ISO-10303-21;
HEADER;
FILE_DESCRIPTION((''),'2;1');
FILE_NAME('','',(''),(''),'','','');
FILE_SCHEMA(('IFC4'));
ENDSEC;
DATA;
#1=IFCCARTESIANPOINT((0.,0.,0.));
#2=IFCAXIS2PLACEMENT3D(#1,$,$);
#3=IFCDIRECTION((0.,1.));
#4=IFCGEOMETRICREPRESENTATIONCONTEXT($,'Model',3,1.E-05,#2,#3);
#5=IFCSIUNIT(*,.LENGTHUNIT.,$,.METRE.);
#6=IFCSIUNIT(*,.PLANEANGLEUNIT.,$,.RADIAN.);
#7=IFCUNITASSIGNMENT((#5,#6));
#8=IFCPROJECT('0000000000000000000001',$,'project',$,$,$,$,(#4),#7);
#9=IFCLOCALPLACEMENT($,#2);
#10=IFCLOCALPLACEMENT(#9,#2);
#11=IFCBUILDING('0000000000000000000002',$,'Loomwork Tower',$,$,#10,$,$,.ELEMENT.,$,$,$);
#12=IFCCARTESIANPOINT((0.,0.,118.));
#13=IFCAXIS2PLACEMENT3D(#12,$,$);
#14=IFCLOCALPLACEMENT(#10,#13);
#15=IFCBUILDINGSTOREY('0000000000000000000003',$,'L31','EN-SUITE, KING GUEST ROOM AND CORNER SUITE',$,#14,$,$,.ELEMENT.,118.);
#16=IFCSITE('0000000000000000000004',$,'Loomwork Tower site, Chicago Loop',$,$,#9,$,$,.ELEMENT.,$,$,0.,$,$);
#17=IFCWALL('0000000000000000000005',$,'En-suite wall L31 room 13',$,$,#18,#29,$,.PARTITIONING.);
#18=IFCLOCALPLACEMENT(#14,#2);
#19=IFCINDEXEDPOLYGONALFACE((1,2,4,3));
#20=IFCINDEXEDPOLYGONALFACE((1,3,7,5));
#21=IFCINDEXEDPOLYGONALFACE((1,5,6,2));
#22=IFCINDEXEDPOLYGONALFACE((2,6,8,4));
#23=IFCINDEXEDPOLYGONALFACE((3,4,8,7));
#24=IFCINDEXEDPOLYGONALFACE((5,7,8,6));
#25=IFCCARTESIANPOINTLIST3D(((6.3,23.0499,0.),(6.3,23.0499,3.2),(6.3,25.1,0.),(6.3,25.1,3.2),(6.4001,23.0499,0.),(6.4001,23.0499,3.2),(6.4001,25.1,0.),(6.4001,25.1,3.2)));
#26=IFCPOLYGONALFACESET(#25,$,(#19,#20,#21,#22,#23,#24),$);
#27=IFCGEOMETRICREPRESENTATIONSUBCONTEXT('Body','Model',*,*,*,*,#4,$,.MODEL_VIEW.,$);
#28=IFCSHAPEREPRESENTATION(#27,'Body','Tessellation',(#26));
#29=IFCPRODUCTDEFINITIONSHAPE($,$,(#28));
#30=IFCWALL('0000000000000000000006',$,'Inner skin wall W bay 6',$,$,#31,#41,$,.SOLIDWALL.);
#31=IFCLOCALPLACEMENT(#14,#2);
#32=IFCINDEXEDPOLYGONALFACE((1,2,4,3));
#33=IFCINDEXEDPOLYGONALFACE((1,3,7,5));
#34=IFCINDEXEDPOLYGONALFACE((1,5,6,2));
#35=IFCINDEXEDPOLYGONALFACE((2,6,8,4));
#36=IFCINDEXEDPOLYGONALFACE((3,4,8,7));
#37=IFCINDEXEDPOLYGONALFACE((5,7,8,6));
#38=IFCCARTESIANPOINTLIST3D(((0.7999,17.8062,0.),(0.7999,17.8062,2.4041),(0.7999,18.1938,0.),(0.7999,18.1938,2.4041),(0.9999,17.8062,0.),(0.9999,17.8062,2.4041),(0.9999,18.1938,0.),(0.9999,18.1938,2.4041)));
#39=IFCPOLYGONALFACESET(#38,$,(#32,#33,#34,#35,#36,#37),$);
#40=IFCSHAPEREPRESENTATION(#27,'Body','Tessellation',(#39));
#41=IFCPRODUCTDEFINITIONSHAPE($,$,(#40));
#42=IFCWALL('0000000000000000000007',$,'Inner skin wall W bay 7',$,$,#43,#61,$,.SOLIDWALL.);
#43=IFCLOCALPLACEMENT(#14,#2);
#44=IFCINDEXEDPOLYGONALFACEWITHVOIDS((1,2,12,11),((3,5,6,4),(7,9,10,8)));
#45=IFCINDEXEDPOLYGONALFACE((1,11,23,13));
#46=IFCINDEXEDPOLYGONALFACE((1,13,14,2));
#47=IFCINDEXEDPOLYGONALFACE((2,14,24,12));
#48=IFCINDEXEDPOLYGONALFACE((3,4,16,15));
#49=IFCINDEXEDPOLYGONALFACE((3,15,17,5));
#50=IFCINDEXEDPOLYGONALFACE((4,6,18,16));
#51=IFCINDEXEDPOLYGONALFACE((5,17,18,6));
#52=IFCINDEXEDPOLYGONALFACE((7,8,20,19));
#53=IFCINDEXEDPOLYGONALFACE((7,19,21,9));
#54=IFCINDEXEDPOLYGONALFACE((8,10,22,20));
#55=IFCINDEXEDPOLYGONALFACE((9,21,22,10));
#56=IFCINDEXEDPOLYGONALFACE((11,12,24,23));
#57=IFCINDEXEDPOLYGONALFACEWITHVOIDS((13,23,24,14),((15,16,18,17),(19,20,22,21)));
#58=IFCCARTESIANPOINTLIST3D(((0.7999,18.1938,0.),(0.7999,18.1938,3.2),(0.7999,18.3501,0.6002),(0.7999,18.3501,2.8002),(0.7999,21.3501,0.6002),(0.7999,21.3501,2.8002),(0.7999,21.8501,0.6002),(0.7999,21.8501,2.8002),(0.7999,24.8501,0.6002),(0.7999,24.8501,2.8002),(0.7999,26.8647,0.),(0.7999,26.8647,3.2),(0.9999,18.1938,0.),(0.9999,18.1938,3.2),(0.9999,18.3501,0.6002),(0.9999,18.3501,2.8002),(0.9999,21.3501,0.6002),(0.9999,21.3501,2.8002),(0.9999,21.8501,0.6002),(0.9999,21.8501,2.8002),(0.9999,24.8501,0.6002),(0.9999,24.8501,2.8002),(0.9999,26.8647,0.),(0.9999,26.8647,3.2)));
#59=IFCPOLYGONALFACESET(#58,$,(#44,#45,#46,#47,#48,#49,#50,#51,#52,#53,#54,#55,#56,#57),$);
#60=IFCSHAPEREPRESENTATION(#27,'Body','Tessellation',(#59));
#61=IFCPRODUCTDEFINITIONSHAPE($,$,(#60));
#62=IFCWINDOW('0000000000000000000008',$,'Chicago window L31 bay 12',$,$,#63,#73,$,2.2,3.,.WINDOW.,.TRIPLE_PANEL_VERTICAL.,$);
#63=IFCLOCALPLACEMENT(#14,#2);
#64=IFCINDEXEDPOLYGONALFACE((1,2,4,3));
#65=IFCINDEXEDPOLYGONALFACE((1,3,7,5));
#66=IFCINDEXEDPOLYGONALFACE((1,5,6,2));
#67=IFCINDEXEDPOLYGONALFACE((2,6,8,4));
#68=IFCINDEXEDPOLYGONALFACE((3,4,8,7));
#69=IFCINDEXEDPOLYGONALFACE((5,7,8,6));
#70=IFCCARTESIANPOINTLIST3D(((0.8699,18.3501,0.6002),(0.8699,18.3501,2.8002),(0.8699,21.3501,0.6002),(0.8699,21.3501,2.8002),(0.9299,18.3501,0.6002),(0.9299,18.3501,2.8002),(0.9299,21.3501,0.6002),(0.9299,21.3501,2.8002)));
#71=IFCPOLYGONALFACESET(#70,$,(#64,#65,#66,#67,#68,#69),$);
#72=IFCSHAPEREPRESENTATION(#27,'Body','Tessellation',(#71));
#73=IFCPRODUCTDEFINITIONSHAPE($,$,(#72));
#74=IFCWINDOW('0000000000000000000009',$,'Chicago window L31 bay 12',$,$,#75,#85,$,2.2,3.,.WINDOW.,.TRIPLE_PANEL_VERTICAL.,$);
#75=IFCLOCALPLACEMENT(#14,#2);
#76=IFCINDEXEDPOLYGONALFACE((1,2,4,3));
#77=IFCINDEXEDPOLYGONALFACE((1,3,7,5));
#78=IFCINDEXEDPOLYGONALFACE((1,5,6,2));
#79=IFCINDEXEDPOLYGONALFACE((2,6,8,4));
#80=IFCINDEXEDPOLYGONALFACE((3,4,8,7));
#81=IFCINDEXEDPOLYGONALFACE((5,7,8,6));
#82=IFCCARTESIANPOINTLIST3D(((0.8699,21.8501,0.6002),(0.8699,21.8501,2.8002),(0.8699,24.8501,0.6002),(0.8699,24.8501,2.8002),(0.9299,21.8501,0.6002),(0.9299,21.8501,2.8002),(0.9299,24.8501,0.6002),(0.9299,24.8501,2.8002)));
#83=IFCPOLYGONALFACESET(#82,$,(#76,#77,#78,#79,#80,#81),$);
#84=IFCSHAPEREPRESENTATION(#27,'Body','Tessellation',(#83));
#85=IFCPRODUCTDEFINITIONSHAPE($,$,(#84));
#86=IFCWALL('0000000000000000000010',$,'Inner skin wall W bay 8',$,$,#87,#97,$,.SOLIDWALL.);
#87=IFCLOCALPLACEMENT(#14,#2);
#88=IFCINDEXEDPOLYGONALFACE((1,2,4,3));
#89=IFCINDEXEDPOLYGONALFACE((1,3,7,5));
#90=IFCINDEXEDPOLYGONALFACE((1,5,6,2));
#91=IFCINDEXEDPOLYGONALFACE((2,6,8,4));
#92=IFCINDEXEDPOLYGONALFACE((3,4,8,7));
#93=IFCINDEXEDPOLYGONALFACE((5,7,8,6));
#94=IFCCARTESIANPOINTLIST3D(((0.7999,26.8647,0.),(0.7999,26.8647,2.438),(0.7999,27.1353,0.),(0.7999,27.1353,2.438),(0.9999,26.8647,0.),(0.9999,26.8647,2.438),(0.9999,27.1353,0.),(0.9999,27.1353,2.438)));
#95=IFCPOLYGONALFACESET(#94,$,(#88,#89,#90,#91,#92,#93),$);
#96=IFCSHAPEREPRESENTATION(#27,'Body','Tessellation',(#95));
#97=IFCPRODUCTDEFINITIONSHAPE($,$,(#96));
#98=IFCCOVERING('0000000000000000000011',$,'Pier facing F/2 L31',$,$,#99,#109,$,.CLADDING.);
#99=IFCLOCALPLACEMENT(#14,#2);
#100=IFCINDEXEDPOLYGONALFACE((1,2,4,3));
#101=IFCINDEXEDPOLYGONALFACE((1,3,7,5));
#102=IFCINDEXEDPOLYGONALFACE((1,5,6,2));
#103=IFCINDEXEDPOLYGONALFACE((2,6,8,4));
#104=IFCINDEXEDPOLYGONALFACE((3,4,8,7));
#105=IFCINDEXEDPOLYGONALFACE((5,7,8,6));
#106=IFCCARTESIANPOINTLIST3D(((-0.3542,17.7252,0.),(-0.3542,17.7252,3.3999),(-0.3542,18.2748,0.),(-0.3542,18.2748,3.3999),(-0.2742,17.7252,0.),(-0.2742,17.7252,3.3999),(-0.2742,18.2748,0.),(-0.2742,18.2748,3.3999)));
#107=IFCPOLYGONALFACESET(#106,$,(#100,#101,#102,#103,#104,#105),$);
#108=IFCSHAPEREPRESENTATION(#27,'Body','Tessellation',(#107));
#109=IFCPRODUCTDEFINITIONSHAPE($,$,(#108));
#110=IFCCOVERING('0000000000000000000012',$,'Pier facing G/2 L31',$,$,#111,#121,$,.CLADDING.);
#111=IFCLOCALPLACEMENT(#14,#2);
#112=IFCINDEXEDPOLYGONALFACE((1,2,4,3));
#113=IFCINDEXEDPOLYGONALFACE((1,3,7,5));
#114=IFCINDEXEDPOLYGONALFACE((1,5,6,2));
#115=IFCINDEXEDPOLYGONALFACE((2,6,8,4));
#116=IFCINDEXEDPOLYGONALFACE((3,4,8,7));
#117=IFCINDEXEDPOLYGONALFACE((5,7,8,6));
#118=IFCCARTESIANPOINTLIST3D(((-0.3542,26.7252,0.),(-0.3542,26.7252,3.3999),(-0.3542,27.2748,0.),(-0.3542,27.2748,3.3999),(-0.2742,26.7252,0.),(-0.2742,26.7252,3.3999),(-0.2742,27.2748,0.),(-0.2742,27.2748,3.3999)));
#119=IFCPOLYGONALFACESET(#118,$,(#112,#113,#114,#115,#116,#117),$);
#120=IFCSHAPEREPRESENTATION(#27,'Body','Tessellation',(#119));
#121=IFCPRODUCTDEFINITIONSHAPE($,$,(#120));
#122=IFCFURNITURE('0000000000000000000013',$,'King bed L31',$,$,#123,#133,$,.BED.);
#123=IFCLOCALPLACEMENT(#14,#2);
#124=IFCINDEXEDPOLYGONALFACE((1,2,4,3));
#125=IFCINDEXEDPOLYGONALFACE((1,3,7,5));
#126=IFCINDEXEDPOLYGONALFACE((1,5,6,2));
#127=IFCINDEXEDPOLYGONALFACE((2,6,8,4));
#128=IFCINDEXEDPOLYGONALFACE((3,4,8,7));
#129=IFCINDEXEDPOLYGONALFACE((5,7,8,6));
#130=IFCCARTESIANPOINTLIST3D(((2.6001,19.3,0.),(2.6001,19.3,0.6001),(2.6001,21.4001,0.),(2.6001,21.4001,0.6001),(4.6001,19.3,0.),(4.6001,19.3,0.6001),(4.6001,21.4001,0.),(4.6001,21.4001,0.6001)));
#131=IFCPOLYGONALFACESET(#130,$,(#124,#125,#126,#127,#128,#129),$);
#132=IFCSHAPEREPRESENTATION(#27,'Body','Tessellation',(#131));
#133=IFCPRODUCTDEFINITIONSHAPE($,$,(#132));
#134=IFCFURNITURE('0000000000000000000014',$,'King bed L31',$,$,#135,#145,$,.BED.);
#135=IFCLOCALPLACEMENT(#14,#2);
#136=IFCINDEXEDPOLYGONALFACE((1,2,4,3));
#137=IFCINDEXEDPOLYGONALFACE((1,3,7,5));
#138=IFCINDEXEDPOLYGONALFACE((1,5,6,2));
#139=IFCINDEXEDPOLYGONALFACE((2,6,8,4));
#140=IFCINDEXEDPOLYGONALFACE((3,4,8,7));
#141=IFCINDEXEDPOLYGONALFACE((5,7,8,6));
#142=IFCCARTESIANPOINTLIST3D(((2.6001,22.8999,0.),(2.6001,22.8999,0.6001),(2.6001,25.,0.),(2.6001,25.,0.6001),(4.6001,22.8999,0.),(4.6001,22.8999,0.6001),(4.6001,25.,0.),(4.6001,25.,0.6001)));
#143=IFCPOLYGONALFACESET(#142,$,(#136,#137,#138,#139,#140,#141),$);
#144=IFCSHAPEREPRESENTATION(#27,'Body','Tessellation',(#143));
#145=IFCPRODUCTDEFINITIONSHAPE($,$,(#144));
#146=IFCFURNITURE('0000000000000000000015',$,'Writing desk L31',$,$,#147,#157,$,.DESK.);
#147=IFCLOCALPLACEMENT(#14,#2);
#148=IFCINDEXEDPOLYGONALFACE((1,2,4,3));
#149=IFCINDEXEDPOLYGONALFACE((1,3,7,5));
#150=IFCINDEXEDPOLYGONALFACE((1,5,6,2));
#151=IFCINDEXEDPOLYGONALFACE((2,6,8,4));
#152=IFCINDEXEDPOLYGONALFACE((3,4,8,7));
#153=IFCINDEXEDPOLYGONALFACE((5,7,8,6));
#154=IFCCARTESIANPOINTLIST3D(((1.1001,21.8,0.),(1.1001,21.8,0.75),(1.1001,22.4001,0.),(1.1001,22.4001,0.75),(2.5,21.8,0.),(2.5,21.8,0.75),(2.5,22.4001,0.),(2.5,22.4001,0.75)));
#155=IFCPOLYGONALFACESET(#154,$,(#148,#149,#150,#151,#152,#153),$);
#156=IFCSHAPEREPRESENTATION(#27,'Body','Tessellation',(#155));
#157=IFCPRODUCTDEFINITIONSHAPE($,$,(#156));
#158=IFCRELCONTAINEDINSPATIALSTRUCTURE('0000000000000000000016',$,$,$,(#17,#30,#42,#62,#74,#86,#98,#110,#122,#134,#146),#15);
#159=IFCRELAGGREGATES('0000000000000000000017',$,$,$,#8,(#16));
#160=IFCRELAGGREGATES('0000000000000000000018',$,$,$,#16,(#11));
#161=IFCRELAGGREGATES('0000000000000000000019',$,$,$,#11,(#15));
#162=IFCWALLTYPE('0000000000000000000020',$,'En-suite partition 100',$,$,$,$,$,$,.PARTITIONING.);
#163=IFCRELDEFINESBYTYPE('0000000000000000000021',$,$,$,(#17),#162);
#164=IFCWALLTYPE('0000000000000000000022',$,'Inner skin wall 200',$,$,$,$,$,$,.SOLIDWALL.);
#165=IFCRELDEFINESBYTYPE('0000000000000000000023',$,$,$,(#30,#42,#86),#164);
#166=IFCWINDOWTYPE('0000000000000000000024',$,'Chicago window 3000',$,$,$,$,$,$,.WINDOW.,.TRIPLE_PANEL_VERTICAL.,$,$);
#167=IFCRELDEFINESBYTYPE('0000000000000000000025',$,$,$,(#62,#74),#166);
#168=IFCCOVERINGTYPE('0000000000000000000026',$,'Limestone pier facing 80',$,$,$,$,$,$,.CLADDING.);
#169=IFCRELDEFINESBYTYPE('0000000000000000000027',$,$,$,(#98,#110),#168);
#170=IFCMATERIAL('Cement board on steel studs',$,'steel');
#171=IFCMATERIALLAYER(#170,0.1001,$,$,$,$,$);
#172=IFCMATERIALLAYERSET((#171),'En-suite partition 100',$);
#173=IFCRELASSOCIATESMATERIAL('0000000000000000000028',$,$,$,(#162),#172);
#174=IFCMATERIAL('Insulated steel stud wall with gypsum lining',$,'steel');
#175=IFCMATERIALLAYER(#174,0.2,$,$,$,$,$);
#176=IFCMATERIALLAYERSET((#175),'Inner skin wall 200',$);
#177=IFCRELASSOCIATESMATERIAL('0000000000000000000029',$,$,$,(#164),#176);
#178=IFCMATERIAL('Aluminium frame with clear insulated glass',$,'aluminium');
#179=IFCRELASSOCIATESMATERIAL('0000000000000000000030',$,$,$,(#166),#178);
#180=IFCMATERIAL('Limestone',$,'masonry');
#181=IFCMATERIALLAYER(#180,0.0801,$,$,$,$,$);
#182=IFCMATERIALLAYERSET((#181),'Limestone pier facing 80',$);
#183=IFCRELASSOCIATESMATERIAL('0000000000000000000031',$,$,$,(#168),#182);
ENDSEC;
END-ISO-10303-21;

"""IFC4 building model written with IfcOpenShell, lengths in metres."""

from ifc_helpers import new_model, si_unit, direction, frame, frame_2d, origin, origin_2d, place, context, subcontext, project, spatial, rectangle, extrude, material, layer, layer_set, type_object, element, fill, save


model = new_model("IFC4")

# Units and contexts
model_context = context("Model", 3, precision=1e-05, world=origin(), true_north=direction((0.0, 1.0)))
body_context = subcontext(model_context, "Body", "Model", "MODEL_VIEW")
ifc_project = project(units=[si_unit("LENGTHUNIT", "METRE"), si_unit("PLANEANGLEUNIT", "RADIAN")], contexts=[model_context])

# Site, building, storey
site_placement = place(None, origin())
site = spatial("IfcSite", under=ifc_project, at=site_placement, Name="Loomwork Tower site, Chicago Loop", CompositionType="ELEMENT", RefElevation=0.0)
building_placement = place(site_placement, origin())
building = spatial("IfcBuilding", under=site, at=building_placement, Name="Loomwork Tower", CompositionType="ELEMENT")
storey_placement = place(building_placement, frame((0.0, 0.0, 118.0)))
storey = spatial("IfcBuildingStorey", under=building, at=storey_placement, Name="L31", Description="EN-SUITE, KING GUEST ROOM AND CORNER SUITE", CompositionType="ELEMENT", Elevation=118.0)

# Shared definitions
ifc_material_1 = material(Name="Cement board on steel studs", Category="steel")
ifc_layer_1 = layer(ifc_material_1, 0.1001)
ifc_layer_set_1 = layer_set([ifc_layer_1], Name="En-suite partition 100")
wall_type_1 = type_object("IfcWallType", Name="En-suite partition 100", PredefinedType="PARTITIONING", material=ifc_layer_set_1)

# Walls
wall_1_placement = place(storey_placement, frame((6.3501, 23.05, 0.0), z_axis=(0.0, 0.0, 1.0), x_axis=(0.0, 1.0, 0.0)))
element("IfcWall", 1, at=wall_1_placement, inside=storey, type_object=wall_type_1, Name="En-suite wall L31 room 13", PredefinedType="PARTITIONING", context=body_context, shape_type="SweptSolid", body=[
    extrude(rectangle(XDim=2.05, YDim=0.1001, at=frame_2d((1.0249, 0.0))), origin(), (0.0, 0.0, 1.0), 3.2),
])
ifc_material_2 = material(Name="Insulated steel stud wall with gypsum lining", Category="steel")
ifc_layer_2 = layer(ifc_material_2, 0.2)
ifc_layer_set_2 = layer_set([ifc_layer_2], Name="Inner skin wall 200")
wall_type_2 = type_object("IfcWallType", Name="Inner skin wall 200", PredefinedType="SOLIDWALL", material=ifc_layer_set_2)
wall_2_placement = place(storey_placement, frame((0.8999, 17.8062, 0.0), z_axis=(0.0, 0.0, 1.0), x_axis=(0.0, 1.0, 0.0)))
element("IfcWall", 2, at=wall_2_placement, inside=storey, type_object=wall_type_2, Name="Inner skin wall W bay 6", PredefinedType="SOLIDWALL", context=body_context, shape_type="SweptSolid", body=[
    extrude(rectangle(XDim=0.3877, YDim=0.2, at=frame_2d((0.1938, 0.0))), origin(), (0.0, 0.0, 1.0), 2.4041),
])

# Wall, openings, windows
wall_3_placement = place(storey_placement, frame((0.8999, 18.1938, 0.0), z_axis=(0.0, 0.0, 1.0), x_axis=(0.0, 1.0, 0.0)))
wall_3 = element("IfcWall", 3, at=wall_3_placement, inside=storey, type_object=wall_type_2, Name="Inner skin wall W bay 7", PredefinedType="SOLIDWALL", context=body_context, shape_type="SweptSolid", body=[
    extrude(rectangle(XDim=8.6709, YDim=0.2, at=frame_2d((4.3354, 0.0))), origin(), (0.0, 0.0, 1.0), 3.2),
])
opening_1_placement = place(wall_3_placement, frame((0.1562, 0.0, 0.6001)))
opening_1 = element("IfcOpeningElement", 4, at=opening_1_placement, cuts=wall_3, PredefinedType="OPENING", context=body_context, shape_type="SweptSolid", body=[
    extrude(rectangle(XDim=3.0, YDim=2.2, at=frame_2d((1.5, 1.1001))), frame((0.0, 0.1099, 0.0), z_axis=(0.0, -1.0, 0.0), x_axis=(1.0, 0.0, 0.0)), (0.0, 0.0, 1.0), 0.22),
])
opening_2_placement = place(wall_3_placement, frame((3.6562, 0.0, 0.6001)))
opening_2 = element("IfcOpeningElement", 5, at=opening_2_placement, cuts=wall_3, PredefinedType="OPENING", context=body_context, shape_type="SweptSolid", body=[
    extrude(rectangle(XDim=3.0, YDim=2.2, at=frame_2d((1.5, 1.1001))), frame((0.0, 0.1099, 0.0), z_axis=(0.0, -1.0, 0.0), x_axis=(1.0, 0.0, 0.0)), (0.0, 0.0, 1.0), 0.22),
])
ifc_material_3 = material(Name="Aluminium frame with clear insulated glass", Category="aluminium")
window_type = type_object("IfcWindowType", Name="Chicago window 3000", PartitioningType="TRIPLE_PANEL_VERTICAL", PredefinedType="WINDOW", material=ifc_material_3)
window_1_placement = place(opening_1_placement, origin())
window_1 = element("IfcWindow", 6, at=window_1_placement, inside=storey, type_object=window_type, Name="Chicago window L31 bay 12", OverallHeight=2.2, OverallWidth=3.0, PartitioningType="TRIPLE_PANEL_VERTICAL", PredefinedType="WINDOW", context=body_context, shape_type="SweptSolid", body=[
    extrude(rectangle(XDim=3.0, YDim=2.2, at=frame_2d((1.5, 1.1001))), frame((0.0, 0.03, 0.0), z_axis=(0.0, -1.0, 0.0), x_axis=(1.0, 0.0, 0.0)), (0.0, 0.0, 1.0), 0.0601),
])
fill(opening_1, window_1)
window_2_placement = place(opening_2_placement, origin())
window_2 = element("IfcWindow", 7, at=window_2_placement, inside=storey, type_object=window_type, Name="Chicago window L31 bay 12", OverallHeight=2.2, OverallWidth=3.0, PartitioningType="TRIPLE_PANEL_VERTICAL", PredefinedType="WINDOW", context=body_context, shape_type="SweptSolid", body=[
    extrude(rectangle(XDim=3.0, YDim=2.2, at=frame_2d((1.5, 1.1001))), frame((0.0, 0.03, 0.0), z_axis=(0.0, -1.0, 0.0), x_axis=(1.0, 0.0, 0.0)), (0.0, 0.0, 1.0), 0.0601),
])
fill(opening_2, window_2)

# Wall
wall_4_placement = place(storey_placement, frame((0.8999, 26.8647, 0.0), z_axis=(0.0, 0.0, 1.0), x_axis=(0.0, 1.0, 0.0)))
element("IfcWall", 8, at=wall_4_placement, inside=storey, type_object=wall_type_2, Name="Inner skin wall W bay 8", PredefinedType="SOLIDWALL", context=body_context, shape_type="SweptSolid", body=[
    extrude(rectangle(XDim=0.2705, YDim=0.2, at=frame_2d((0.1353, 0.0))), origin(), (0.0, 0.0, 1.0), 2.438),
])

# Coverings
ifc_material_4 = material(Name="Limestone", Category="masonry")
ifc_layer_3 = layer(ifc_material_4, 0.0801)
ifc_layer_set_3 = layer_set([ifc_layer_3], Name="Limestone pier facing 80")
covering_type = type_object("IfcCoveringType", Name="Limestone pier facing 80", PredefinedType="CLADDING", material=ifc_layer_set_3)
for number, where, z_axis, x_axis, name in (
    (9, (-0.3142, 18.0, 0.0), (0.0, 0.0, 1.0), (1.0, 0.0, 0.0), "Pier facing F/2 L31"),
    (10, (-0.3142, 27.0, 0.0), (0.0, 0.0, 1.0), (1.0, 0.0, 0.0), "Pier facing G/2 L31"),
):
    element("IfcCovering", number, at=place(storey_placement, frame(where, z_axis=z_axis, x_axis=x_axis)), inside=storey, type_object=covering_type, Name=name, PredefinedType="CLADDING", context=body_context, shape_type="SweptSolid", body=[
        extrude(rectangle(XDim=0.0801, YDim=0.5496, at=origin_2d()), origin(), (0.0, 0.0, 1.0), 3.3999),
    ])

# Furniture
for number, where, z_axis, x_axis, name in (
    (11, (3.6001, 20.3501, 0.0), (0.0, 0.0, 1.0), (1.0, 0.0, 0.0), "King bed L31"),
    (12, (3.6001, 23.95, 0.0), (0.0, 0.0, 1.0), (1.0, 0.0, 0.0), "King bed L31"),
):
    element("IfcFurniture", number, at=place(storey_placement, frame(where, z_axis=z_axis, x_axis=x_axis)), inside=storey, Name=name, PredefinedType="BED", context=body_context, shape_type="SweptSolid", body=[
        extrude(rectangle(XDim=2.0, YDim=2.1001, at=origin_2d()), origin(), (0.0, 0.0, 1.0), 0.6001),
    ])
furniture_placement = place(storey_placement, frame((1.8, 22.1001, 0.0), z_axis=(0.0, 0.0, 1.0), x_axis=(1.0, 0.0, 0.0)))
element("IfcFurniture", 13, at=furniture_placement, inside=storey, Name="Writing desk L31", PredefinedType="DESK", context=body_context, shape_type="SweptSolid", body=[
    extrude(rectangle(XDim=1.3999, YDim=0.6001, at=origin_2d()), origin(), (0.0, 0.0, 1.0), 0.75),
])

save(model, "model.ifc")
